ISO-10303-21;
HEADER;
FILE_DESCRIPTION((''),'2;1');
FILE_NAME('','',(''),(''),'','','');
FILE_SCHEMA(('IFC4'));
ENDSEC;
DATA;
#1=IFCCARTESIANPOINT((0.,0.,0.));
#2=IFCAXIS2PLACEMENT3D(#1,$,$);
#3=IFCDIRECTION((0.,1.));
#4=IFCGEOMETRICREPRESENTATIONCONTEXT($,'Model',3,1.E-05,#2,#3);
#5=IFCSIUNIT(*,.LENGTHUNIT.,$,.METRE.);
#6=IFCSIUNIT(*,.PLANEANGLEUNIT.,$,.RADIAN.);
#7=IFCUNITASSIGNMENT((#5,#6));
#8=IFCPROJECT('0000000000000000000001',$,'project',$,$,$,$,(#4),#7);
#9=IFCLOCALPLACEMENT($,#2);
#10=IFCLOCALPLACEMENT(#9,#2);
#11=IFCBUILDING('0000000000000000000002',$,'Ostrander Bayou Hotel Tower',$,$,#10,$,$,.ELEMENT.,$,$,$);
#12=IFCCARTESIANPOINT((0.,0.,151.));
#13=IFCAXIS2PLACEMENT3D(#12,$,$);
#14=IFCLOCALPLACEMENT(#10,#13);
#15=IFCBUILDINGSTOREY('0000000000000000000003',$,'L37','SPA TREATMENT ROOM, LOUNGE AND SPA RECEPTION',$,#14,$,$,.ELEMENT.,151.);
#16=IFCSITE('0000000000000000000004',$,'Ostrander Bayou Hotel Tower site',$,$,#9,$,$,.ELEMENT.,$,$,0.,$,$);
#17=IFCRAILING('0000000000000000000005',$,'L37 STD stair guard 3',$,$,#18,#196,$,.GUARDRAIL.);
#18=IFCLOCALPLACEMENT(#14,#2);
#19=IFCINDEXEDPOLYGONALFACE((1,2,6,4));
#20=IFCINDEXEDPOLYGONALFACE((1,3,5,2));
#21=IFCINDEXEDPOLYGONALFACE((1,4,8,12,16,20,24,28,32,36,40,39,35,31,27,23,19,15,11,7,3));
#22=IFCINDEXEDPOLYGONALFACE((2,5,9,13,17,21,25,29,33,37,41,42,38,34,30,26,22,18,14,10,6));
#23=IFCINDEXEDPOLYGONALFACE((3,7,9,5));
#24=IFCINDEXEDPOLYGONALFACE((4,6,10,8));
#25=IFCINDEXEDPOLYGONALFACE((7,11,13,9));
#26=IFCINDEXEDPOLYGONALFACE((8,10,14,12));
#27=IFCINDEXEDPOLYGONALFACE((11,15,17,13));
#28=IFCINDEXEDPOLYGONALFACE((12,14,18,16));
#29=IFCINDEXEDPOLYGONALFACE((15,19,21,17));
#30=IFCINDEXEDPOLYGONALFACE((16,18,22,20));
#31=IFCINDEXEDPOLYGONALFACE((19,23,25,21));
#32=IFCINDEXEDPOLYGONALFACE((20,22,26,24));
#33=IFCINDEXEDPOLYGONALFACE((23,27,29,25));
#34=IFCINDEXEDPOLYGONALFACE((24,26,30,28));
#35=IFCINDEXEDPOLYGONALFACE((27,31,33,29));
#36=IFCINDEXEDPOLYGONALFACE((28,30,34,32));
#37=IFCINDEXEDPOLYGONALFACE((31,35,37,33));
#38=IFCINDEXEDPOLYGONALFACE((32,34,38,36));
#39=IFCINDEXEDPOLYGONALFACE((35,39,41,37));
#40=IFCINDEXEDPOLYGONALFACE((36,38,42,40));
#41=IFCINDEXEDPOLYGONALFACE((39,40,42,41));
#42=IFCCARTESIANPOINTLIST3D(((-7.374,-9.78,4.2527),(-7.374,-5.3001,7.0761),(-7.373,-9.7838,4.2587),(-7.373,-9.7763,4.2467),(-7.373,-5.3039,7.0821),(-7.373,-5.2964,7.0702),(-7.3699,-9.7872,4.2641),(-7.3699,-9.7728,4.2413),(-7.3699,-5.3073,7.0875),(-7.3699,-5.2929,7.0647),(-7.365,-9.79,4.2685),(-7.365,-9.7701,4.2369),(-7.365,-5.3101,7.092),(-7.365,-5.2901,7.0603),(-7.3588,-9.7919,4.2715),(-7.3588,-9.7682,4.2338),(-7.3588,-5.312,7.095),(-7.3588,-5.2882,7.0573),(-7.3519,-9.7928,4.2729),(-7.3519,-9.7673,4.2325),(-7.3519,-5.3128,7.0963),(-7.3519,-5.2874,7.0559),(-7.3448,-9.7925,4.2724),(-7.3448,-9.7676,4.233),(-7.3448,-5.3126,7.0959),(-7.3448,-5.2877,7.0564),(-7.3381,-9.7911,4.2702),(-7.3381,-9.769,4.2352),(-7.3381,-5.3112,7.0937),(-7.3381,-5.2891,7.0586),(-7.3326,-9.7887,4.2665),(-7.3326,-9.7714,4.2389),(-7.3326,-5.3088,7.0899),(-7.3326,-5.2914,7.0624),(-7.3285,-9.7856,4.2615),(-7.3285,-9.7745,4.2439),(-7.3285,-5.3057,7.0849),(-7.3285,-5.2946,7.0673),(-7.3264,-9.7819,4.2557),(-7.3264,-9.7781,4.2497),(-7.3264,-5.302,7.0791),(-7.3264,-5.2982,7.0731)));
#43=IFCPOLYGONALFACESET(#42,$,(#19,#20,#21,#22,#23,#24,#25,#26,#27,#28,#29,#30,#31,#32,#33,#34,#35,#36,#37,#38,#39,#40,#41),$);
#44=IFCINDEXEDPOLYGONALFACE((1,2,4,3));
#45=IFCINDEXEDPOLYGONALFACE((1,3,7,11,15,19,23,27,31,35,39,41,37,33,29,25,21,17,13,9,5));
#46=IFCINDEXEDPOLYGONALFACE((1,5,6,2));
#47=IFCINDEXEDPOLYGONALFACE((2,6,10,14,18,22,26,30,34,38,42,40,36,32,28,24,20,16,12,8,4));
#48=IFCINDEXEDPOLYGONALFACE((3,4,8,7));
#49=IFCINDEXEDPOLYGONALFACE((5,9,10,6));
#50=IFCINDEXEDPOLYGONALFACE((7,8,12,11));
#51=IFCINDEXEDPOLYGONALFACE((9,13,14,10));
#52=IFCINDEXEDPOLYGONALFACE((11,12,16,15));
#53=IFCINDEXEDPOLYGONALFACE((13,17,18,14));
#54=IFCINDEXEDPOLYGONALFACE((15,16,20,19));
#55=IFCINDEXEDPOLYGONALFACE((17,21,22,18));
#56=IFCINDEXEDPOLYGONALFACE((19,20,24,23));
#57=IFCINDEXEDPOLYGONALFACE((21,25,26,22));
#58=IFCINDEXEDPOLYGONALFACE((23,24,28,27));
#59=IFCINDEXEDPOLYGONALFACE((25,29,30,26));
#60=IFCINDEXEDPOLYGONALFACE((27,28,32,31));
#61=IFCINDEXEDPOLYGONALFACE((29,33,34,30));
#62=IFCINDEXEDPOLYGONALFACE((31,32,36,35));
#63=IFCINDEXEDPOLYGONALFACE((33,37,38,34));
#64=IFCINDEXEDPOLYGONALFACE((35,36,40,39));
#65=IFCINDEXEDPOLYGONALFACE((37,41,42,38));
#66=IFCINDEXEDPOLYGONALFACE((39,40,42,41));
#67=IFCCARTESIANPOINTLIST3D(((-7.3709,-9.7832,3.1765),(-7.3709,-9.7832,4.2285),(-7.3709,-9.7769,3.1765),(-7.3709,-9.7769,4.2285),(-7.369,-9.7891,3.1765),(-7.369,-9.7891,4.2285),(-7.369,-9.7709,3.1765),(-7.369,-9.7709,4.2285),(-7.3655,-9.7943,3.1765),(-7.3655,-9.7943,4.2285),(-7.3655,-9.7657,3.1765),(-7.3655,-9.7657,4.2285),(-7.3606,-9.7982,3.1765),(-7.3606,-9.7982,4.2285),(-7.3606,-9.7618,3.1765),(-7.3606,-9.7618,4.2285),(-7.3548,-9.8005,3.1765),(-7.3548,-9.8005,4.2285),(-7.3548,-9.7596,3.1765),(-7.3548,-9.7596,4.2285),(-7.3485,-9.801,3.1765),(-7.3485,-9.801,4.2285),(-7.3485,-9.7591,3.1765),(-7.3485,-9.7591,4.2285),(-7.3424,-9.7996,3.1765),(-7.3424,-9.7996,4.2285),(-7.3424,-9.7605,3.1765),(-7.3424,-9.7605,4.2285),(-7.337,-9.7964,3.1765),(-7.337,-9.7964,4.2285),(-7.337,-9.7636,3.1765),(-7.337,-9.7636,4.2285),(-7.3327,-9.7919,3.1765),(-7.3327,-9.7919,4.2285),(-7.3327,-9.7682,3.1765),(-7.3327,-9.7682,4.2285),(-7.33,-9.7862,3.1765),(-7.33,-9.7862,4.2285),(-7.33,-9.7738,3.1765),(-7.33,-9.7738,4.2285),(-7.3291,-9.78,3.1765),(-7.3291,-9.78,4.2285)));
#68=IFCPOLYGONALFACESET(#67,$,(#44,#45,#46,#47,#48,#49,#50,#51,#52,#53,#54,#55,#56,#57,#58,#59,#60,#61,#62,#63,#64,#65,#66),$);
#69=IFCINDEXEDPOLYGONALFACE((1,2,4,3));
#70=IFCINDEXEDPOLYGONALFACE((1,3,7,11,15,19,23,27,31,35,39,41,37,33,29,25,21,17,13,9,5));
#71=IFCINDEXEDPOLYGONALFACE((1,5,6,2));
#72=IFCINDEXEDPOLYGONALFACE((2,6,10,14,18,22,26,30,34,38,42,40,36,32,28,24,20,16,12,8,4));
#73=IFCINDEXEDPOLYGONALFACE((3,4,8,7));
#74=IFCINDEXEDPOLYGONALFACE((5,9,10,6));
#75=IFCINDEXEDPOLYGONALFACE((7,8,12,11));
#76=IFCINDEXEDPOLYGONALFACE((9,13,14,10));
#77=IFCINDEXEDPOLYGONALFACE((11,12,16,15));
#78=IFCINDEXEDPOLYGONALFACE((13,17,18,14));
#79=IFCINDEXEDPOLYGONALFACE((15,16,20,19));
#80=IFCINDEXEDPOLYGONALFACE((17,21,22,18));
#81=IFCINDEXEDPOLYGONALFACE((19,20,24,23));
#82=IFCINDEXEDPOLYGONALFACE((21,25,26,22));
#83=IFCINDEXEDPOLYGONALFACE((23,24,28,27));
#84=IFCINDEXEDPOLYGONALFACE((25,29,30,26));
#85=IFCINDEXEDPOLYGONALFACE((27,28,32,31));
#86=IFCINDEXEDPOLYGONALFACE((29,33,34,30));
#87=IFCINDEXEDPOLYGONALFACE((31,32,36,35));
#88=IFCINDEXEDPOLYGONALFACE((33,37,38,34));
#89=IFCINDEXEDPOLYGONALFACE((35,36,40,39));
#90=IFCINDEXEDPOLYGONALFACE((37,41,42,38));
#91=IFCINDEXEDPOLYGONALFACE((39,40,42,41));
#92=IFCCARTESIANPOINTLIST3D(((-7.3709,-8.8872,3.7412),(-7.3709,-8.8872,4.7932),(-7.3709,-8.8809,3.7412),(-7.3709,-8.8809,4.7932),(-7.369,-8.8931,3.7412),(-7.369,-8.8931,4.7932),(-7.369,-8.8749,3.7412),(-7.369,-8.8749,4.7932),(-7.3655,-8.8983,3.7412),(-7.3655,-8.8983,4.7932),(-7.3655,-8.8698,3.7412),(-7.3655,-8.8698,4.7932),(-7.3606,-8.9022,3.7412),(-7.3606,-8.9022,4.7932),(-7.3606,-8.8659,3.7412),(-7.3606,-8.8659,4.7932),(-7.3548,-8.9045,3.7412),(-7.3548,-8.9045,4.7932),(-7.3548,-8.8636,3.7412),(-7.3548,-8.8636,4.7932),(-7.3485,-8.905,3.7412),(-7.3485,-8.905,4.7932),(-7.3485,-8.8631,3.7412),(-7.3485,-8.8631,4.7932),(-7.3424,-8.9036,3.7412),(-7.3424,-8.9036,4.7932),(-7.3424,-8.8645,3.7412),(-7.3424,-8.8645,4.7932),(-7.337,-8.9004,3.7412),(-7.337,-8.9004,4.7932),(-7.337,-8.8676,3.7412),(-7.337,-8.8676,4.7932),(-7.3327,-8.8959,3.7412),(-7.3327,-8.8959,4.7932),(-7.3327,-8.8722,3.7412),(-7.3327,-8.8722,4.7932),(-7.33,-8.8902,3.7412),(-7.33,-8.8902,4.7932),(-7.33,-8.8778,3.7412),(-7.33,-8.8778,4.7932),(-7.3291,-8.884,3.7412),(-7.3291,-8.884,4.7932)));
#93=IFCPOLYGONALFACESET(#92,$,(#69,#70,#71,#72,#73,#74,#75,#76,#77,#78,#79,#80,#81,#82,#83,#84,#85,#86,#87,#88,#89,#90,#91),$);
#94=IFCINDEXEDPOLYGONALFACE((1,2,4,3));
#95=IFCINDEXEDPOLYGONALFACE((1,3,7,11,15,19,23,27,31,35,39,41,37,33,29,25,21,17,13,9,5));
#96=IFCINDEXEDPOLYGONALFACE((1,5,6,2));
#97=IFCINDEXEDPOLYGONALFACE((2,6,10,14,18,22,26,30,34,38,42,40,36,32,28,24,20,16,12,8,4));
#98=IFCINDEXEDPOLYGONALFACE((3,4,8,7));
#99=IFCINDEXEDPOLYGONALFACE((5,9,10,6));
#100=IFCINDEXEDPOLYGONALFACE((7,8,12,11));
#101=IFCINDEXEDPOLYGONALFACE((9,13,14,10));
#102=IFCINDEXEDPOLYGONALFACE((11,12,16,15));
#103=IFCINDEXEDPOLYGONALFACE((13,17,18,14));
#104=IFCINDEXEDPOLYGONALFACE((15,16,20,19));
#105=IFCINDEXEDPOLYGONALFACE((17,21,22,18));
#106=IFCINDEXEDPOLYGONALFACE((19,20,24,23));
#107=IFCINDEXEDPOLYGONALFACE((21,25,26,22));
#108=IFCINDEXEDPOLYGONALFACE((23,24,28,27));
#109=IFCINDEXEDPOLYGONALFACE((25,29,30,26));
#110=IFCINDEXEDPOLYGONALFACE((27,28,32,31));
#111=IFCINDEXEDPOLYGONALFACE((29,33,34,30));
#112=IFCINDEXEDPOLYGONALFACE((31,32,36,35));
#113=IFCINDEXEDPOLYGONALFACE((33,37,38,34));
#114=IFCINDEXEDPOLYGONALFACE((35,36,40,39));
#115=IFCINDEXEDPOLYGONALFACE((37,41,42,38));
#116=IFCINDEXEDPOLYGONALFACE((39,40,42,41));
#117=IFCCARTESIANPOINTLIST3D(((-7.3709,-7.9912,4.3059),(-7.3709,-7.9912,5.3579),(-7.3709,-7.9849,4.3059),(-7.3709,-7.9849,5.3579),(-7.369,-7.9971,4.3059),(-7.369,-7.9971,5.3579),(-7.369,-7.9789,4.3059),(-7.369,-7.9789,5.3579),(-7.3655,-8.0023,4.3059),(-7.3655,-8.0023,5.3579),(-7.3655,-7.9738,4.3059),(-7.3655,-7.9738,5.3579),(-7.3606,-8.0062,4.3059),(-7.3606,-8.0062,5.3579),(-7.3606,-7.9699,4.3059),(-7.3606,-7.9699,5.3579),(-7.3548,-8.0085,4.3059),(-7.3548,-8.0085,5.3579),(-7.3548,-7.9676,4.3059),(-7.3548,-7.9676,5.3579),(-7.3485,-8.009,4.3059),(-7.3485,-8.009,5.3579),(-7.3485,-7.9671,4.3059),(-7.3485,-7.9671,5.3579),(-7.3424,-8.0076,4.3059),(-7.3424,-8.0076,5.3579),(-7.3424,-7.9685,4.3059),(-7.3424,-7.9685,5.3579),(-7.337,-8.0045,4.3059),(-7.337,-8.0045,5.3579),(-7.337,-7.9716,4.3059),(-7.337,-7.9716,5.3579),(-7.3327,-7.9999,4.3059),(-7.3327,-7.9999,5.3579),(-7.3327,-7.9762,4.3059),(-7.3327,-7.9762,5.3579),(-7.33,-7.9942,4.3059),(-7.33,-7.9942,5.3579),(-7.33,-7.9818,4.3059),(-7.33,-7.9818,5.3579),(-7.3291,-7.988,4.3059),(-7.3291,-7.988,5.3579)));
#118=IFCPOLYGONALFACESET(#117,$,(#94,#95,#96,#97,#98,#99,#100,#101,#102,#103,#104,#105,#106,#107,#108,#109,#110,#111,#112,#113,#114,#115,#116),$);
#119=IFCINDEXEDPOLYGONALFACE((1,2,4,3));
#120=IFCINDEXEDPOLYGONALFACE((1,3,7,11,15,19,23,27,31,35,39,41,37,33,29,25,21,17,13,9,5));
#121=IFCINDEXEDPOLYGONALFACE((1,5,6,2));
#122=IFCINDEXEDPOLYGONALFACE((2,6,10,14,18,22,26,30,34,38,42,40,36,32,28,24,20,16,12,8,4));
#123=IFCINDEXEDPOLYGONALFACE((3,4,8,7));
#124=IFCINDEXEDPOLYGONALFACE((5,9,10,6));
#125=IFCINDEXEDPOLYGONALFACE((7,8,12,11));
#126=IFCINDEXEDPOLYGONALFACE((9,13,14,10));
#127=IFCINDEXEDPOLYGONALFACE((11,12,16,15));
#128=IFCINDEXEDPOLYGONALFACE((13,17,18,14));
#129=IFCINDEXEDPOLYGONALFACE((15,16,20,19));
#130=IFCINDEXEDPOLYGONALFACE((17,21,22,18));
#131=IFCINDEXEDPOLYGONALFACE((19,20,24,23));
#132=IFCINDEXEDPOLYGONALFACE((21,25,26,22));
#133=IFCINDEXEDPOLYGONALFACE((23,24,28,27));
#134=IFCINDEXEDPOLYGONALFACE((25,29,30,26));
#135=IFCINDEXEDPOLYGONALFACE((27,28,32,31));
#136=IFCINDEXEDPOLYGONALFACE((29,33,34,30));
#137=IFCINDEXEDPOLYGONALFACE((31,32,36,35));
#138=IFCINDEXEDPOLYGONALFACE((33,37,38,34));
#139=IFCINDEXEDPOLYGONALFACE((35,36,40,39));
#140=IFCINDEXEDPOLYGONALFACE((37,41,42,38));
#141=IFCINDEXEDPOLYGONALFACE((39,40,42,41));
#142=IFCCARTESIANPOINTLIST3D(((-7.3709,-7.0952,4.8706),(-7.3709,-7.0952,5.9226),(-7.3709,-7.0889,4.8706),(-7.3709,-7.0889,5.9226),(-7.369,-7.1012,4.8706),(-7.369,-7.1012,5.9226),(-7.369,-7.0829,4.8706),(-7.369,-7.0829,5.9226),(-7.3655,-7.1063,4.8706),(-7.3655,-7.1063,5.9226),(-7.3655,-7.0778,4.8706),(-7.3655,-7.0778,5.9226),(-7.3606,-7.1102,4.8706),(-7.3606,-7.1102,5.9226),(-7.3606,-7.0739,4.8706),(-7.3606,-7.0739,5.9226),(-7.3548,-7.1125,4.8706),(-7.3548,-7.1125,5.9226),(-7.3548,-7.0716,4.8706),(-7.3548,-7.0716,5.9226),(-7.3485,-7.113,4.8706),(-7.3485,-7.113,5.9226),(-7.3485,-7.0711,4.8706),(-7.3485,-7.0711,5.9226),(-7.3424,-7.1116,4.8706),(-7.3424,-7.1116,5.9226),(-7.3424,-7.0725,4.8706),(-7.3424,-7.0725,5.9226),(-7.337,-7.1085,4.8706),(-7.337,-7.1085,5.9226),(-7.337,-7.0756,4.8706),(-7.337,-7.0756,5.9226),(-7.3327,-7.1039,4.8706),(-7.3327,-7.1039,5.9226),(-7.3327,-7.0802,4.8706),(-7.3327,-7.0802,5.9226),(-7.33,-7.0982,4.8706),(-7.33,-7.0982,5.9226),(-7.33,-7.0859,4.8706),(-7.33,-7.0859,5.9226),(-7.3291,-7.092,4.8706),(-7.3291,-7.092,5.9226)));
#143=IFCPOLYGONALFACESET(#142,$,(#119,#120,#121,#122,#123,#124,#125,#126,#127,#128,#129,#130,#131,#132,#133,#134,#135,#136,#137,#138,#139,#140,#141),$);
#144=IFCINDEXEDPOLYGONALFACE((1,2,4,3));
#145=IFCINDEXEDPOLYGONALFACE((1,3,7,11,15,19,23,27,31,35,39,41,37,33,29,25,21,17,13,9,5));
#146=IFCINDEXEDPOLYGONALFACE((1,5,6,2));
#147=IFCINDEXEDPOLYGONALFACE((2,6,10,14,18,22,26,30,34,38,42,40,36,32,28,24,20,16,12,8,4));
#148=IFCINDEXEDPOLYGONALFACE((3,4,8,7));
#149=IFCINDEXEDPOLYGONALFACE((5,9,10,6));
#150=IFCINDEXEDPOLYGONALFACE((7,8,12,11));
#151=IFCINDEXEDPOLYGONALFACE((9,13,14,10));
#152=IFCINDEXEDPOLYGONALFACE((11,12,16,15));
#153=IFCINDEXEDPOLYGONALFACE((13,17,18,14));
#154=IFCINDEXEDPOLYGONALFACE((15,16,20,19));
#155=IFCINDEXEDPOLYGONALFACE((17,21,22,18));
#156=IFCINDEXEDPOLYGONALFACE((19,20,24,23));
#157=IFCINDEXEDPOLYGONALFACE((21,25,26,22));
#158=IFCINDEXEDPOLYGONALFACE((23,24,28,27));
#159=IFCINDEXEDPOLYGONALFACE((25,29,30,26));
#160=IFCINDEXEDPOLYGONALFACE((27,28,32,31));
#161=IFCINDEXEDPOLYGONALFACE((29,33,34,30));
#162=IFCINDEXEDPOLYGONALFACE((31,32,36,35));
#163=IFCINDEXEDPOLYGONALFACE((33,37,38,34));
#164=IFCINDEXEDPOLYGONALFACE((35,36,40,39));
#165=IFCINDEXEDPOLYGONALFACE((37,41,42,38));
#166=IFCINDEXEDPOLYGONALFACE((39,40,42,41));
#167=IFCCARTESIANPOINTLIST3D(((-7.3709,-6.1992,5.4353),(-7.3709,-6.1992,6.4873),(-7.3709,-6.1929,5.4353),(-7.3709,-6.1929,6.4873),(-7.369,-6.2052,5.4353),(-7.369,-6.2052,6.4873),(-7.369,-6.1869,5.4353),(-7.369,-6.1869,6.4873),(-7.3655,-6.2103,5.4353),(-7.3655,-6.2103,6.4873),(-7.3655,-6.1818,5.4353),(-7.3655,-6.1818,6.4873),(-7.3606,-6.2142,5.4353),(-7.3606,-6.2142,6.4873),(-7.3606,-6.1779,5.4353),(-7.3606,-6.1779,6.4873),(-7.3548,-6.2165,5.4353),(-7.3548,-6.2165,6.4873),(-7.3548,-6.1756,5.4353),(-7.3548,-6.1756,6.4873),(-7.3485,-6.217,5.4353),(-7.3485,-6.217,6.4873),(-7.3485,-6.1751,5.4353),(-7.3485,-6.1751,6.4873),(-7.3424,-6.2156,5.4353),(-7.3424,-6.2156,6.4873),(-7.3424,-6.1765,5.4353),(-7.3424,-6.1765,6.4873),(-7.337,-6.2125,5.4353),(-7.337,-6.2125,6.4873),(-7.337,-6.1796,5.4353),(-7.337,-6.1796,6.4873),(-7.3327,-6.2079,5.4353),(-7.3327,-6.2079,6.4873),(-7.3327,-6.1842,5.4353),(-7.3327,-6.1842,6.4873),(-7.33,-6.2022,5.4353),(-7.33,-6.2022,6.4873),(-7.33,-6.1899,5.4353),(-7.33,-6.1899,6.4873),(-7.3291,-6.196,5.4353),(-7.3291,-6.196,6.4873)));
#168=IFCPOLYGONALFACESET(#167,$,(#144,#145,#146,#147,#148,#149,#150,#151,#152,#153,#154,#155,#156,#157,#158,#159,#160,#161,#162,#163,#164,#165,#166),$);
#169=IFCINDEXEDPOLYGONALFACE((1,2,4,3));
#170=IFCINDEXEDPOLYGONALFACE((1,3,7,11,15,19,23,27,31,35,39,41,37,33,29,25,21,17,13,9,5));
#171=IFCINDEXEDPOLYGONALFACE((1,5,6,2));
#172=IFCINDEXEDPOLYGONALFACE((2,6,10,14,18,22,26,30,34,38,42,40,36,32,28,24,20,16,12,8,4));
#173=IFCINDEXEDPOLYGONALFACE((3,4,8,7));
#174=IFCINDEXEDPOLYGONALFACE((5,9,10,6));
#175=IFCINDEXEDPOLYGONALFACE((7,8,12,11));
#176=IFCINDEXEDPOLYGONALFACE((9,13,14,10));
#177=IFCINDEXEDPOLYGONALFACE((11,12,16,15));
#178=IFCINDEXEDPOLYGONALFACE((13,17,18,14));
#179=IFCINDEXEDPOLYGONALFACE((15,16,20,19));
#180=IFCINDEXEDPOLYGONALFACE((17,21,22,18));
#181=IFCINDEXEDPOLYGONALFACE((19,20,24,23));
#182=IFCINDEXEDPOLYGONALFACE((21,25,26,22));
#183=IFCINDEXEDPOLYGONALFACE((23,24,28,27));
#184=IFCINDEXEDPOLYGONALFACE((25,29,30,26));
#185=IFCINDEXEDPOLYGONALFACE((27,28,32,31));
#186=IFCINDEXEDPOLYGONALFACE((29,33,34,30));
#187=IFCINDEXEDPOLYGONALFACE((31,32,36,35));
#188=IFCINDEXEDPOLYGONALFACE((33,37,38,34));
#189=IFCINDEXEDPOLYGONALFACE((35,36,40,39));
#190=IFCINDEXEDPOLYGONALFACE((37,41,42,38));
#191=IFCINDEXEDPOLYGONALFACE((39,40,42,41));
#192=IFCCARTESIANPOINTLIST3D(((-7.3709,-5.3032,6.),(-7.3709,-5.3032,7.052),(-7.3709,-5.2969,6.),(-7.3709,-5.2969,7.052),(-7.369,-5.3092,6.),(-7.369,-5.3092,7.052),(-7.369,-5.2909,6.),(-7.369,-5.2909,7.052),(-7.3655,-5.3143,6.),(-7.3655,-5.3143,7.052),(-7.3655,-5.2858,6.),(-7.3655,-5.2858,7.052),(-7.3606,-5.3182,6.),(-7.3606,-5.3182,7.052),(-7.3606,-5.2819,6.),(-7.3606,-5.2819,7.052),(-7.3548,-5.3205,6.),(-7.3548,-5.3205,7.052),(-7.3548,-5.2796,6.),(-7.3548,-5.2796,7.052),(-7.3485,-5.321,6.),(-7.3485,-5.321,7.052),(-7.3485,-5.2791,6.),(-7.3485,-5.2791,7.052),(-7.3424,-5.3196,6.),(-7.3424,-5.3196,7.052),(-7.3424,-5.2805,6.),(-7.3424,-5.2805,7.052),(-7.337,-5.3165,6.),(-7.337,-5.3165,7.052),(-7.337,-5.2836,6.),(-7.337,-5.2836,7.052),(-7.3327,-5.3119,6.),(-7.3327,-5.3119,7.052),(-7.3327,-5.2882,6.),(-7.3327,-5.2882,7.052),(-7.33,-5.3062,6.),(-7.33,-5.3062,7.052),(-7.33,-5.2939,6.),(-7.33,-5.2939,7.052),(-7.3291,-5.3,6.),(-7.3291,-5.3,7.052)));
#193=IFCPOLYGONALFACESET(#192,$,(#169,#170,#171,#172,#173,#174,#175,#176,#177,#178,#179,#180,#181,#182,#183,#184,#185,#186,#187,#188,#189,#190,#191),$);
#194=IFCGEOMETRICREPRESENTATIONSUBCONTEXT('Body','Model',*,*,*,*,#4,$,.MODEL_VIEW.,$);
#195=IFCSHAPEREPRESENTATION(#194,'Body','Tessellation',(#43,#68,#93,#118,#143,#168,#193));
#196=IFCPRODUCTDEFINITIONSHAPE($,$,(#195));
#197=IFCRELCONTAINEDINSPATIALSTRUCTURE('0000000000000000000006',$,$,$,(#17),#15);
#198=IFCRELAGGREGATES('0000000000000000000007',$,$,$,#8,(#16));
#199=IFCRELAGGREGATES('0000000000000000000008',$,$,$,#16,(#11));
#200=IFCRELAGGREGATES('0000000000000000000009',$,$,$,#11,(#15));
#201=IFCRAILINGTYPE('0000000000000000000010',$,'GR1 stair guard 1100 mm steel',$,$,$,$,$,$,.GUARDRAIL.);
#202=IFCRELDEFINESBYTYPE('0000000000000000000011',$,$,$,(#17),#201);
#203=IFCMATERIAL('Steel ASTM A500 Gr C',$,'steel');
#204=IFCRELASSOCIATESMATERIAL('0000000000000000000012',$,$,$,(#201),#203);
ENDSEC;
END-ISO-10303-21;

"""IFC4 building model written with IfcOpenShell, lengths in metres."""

from ifc_helpers import new_model, si_unit, direction, frame, origin, origin_2d, place, context, subcontext, project, spatial, circle, extrude, material, type_object, element, save


model = new_model("IFC4")

# Units and contexts
model_context = context("Model", 3, precision=1e-05, world=origin(), true_north=direction((0.0, 1.0)))
body_context = subcontext(model_context, "Body", "Model", "MODEL_VIEW")
ifc_project = project(units=[si_unit("LENGTHUNIT", "METRE"), si_unit("PLANEANGLEUNIT", "RADIAN")], contexts=[model_context])

# Site, building, storey
site_placement = place(None, origin())
site = spatial("IfcSite", under=ifc_project, at=site_placement, Name="Ostrander Bayou Hotel Tower site", CompositionType="ELEMENT", RefElevation=0.0)
building_placement = place(site_placement, origin())
building = spatial("IfcBuilding", under=site, at=building_placement, Name="Ostrander Bayou Hotel Tower", CompositionType="ELEMENT")
storey_placement = place(building_placement, frame((0.0, 0.0, 151.0)))
storey = spatial("IfcBuildingStorey", under=building, at=storey_placement, Name="L37", Description="SPA TREATMENT ROOM, LOUNGE AND SPA RECEPTION", CompositionType="ELEMENT", Elevation=151.0)

# Railing
ifc_material_1 = material(Name="Steel ASTM A500 Gr C", Category="steel")
railing_type_1 = type_object("IfcRailingType", Name="GR1 stair guard 1100 mm steel", PredefinedType="GUARDRAIL", material=ifc_material_1)
railing_1_placement = place(storey_placement, frame((-7.3501, -9.78, 3.1765)))
element("IfcRailing", 1, at=railing_1_placement, inside=storey, type_object=railing_type_1, Name="L37 STD stair guard 3", PredefinedType="GUARDRAIL", context=body_context, shape_type="SweptSolid", body=[
    extrude(circle(Radius=0.0239, at=origin_2d()), frame((0.0, 0.0, 1.0762), z_axis=(0.0, 0.845998, 0.533186), x_axis=(-1.0, 0.0, 0.0)), (0.0, 0.0, 1.0), 5.2954),
    extrude(circle(Radius=0.021, at=origin_2d()), origin(), (0.0, 0.0, 1.0), 1.052),
    extrude(circle(Radius=0.021, at=origin_2d()), frame((0.0, 0.896, 0.5647)), (0.0, 0.0, 1.0), 1.052),
    extrude(circle(Radius=0.021, at=origin_2d()), frame((0.0, 1.792, 1.1294)), (0.0, 0.0, 1.0), 1.052),
    extrude(circle(Radius=0.021, at=origin_2d()), frame((0.0, 2.688, 1.6941)), (0.0, 0.0, 1.0), 1.052),
    extrude(circle(Radius=0.021, at=origin_2d()), frame((0.0, 3.584, 2.2588)), (0.0, 0.0, 1.0), 1.052),
    extrude(circle(Radius=0.021, at=origin_2d()), frame((0.0, 4.48, 2.8235)), (0.0, 0.0, 1.0), 1.052),
])

save(model, "model.ifc")
